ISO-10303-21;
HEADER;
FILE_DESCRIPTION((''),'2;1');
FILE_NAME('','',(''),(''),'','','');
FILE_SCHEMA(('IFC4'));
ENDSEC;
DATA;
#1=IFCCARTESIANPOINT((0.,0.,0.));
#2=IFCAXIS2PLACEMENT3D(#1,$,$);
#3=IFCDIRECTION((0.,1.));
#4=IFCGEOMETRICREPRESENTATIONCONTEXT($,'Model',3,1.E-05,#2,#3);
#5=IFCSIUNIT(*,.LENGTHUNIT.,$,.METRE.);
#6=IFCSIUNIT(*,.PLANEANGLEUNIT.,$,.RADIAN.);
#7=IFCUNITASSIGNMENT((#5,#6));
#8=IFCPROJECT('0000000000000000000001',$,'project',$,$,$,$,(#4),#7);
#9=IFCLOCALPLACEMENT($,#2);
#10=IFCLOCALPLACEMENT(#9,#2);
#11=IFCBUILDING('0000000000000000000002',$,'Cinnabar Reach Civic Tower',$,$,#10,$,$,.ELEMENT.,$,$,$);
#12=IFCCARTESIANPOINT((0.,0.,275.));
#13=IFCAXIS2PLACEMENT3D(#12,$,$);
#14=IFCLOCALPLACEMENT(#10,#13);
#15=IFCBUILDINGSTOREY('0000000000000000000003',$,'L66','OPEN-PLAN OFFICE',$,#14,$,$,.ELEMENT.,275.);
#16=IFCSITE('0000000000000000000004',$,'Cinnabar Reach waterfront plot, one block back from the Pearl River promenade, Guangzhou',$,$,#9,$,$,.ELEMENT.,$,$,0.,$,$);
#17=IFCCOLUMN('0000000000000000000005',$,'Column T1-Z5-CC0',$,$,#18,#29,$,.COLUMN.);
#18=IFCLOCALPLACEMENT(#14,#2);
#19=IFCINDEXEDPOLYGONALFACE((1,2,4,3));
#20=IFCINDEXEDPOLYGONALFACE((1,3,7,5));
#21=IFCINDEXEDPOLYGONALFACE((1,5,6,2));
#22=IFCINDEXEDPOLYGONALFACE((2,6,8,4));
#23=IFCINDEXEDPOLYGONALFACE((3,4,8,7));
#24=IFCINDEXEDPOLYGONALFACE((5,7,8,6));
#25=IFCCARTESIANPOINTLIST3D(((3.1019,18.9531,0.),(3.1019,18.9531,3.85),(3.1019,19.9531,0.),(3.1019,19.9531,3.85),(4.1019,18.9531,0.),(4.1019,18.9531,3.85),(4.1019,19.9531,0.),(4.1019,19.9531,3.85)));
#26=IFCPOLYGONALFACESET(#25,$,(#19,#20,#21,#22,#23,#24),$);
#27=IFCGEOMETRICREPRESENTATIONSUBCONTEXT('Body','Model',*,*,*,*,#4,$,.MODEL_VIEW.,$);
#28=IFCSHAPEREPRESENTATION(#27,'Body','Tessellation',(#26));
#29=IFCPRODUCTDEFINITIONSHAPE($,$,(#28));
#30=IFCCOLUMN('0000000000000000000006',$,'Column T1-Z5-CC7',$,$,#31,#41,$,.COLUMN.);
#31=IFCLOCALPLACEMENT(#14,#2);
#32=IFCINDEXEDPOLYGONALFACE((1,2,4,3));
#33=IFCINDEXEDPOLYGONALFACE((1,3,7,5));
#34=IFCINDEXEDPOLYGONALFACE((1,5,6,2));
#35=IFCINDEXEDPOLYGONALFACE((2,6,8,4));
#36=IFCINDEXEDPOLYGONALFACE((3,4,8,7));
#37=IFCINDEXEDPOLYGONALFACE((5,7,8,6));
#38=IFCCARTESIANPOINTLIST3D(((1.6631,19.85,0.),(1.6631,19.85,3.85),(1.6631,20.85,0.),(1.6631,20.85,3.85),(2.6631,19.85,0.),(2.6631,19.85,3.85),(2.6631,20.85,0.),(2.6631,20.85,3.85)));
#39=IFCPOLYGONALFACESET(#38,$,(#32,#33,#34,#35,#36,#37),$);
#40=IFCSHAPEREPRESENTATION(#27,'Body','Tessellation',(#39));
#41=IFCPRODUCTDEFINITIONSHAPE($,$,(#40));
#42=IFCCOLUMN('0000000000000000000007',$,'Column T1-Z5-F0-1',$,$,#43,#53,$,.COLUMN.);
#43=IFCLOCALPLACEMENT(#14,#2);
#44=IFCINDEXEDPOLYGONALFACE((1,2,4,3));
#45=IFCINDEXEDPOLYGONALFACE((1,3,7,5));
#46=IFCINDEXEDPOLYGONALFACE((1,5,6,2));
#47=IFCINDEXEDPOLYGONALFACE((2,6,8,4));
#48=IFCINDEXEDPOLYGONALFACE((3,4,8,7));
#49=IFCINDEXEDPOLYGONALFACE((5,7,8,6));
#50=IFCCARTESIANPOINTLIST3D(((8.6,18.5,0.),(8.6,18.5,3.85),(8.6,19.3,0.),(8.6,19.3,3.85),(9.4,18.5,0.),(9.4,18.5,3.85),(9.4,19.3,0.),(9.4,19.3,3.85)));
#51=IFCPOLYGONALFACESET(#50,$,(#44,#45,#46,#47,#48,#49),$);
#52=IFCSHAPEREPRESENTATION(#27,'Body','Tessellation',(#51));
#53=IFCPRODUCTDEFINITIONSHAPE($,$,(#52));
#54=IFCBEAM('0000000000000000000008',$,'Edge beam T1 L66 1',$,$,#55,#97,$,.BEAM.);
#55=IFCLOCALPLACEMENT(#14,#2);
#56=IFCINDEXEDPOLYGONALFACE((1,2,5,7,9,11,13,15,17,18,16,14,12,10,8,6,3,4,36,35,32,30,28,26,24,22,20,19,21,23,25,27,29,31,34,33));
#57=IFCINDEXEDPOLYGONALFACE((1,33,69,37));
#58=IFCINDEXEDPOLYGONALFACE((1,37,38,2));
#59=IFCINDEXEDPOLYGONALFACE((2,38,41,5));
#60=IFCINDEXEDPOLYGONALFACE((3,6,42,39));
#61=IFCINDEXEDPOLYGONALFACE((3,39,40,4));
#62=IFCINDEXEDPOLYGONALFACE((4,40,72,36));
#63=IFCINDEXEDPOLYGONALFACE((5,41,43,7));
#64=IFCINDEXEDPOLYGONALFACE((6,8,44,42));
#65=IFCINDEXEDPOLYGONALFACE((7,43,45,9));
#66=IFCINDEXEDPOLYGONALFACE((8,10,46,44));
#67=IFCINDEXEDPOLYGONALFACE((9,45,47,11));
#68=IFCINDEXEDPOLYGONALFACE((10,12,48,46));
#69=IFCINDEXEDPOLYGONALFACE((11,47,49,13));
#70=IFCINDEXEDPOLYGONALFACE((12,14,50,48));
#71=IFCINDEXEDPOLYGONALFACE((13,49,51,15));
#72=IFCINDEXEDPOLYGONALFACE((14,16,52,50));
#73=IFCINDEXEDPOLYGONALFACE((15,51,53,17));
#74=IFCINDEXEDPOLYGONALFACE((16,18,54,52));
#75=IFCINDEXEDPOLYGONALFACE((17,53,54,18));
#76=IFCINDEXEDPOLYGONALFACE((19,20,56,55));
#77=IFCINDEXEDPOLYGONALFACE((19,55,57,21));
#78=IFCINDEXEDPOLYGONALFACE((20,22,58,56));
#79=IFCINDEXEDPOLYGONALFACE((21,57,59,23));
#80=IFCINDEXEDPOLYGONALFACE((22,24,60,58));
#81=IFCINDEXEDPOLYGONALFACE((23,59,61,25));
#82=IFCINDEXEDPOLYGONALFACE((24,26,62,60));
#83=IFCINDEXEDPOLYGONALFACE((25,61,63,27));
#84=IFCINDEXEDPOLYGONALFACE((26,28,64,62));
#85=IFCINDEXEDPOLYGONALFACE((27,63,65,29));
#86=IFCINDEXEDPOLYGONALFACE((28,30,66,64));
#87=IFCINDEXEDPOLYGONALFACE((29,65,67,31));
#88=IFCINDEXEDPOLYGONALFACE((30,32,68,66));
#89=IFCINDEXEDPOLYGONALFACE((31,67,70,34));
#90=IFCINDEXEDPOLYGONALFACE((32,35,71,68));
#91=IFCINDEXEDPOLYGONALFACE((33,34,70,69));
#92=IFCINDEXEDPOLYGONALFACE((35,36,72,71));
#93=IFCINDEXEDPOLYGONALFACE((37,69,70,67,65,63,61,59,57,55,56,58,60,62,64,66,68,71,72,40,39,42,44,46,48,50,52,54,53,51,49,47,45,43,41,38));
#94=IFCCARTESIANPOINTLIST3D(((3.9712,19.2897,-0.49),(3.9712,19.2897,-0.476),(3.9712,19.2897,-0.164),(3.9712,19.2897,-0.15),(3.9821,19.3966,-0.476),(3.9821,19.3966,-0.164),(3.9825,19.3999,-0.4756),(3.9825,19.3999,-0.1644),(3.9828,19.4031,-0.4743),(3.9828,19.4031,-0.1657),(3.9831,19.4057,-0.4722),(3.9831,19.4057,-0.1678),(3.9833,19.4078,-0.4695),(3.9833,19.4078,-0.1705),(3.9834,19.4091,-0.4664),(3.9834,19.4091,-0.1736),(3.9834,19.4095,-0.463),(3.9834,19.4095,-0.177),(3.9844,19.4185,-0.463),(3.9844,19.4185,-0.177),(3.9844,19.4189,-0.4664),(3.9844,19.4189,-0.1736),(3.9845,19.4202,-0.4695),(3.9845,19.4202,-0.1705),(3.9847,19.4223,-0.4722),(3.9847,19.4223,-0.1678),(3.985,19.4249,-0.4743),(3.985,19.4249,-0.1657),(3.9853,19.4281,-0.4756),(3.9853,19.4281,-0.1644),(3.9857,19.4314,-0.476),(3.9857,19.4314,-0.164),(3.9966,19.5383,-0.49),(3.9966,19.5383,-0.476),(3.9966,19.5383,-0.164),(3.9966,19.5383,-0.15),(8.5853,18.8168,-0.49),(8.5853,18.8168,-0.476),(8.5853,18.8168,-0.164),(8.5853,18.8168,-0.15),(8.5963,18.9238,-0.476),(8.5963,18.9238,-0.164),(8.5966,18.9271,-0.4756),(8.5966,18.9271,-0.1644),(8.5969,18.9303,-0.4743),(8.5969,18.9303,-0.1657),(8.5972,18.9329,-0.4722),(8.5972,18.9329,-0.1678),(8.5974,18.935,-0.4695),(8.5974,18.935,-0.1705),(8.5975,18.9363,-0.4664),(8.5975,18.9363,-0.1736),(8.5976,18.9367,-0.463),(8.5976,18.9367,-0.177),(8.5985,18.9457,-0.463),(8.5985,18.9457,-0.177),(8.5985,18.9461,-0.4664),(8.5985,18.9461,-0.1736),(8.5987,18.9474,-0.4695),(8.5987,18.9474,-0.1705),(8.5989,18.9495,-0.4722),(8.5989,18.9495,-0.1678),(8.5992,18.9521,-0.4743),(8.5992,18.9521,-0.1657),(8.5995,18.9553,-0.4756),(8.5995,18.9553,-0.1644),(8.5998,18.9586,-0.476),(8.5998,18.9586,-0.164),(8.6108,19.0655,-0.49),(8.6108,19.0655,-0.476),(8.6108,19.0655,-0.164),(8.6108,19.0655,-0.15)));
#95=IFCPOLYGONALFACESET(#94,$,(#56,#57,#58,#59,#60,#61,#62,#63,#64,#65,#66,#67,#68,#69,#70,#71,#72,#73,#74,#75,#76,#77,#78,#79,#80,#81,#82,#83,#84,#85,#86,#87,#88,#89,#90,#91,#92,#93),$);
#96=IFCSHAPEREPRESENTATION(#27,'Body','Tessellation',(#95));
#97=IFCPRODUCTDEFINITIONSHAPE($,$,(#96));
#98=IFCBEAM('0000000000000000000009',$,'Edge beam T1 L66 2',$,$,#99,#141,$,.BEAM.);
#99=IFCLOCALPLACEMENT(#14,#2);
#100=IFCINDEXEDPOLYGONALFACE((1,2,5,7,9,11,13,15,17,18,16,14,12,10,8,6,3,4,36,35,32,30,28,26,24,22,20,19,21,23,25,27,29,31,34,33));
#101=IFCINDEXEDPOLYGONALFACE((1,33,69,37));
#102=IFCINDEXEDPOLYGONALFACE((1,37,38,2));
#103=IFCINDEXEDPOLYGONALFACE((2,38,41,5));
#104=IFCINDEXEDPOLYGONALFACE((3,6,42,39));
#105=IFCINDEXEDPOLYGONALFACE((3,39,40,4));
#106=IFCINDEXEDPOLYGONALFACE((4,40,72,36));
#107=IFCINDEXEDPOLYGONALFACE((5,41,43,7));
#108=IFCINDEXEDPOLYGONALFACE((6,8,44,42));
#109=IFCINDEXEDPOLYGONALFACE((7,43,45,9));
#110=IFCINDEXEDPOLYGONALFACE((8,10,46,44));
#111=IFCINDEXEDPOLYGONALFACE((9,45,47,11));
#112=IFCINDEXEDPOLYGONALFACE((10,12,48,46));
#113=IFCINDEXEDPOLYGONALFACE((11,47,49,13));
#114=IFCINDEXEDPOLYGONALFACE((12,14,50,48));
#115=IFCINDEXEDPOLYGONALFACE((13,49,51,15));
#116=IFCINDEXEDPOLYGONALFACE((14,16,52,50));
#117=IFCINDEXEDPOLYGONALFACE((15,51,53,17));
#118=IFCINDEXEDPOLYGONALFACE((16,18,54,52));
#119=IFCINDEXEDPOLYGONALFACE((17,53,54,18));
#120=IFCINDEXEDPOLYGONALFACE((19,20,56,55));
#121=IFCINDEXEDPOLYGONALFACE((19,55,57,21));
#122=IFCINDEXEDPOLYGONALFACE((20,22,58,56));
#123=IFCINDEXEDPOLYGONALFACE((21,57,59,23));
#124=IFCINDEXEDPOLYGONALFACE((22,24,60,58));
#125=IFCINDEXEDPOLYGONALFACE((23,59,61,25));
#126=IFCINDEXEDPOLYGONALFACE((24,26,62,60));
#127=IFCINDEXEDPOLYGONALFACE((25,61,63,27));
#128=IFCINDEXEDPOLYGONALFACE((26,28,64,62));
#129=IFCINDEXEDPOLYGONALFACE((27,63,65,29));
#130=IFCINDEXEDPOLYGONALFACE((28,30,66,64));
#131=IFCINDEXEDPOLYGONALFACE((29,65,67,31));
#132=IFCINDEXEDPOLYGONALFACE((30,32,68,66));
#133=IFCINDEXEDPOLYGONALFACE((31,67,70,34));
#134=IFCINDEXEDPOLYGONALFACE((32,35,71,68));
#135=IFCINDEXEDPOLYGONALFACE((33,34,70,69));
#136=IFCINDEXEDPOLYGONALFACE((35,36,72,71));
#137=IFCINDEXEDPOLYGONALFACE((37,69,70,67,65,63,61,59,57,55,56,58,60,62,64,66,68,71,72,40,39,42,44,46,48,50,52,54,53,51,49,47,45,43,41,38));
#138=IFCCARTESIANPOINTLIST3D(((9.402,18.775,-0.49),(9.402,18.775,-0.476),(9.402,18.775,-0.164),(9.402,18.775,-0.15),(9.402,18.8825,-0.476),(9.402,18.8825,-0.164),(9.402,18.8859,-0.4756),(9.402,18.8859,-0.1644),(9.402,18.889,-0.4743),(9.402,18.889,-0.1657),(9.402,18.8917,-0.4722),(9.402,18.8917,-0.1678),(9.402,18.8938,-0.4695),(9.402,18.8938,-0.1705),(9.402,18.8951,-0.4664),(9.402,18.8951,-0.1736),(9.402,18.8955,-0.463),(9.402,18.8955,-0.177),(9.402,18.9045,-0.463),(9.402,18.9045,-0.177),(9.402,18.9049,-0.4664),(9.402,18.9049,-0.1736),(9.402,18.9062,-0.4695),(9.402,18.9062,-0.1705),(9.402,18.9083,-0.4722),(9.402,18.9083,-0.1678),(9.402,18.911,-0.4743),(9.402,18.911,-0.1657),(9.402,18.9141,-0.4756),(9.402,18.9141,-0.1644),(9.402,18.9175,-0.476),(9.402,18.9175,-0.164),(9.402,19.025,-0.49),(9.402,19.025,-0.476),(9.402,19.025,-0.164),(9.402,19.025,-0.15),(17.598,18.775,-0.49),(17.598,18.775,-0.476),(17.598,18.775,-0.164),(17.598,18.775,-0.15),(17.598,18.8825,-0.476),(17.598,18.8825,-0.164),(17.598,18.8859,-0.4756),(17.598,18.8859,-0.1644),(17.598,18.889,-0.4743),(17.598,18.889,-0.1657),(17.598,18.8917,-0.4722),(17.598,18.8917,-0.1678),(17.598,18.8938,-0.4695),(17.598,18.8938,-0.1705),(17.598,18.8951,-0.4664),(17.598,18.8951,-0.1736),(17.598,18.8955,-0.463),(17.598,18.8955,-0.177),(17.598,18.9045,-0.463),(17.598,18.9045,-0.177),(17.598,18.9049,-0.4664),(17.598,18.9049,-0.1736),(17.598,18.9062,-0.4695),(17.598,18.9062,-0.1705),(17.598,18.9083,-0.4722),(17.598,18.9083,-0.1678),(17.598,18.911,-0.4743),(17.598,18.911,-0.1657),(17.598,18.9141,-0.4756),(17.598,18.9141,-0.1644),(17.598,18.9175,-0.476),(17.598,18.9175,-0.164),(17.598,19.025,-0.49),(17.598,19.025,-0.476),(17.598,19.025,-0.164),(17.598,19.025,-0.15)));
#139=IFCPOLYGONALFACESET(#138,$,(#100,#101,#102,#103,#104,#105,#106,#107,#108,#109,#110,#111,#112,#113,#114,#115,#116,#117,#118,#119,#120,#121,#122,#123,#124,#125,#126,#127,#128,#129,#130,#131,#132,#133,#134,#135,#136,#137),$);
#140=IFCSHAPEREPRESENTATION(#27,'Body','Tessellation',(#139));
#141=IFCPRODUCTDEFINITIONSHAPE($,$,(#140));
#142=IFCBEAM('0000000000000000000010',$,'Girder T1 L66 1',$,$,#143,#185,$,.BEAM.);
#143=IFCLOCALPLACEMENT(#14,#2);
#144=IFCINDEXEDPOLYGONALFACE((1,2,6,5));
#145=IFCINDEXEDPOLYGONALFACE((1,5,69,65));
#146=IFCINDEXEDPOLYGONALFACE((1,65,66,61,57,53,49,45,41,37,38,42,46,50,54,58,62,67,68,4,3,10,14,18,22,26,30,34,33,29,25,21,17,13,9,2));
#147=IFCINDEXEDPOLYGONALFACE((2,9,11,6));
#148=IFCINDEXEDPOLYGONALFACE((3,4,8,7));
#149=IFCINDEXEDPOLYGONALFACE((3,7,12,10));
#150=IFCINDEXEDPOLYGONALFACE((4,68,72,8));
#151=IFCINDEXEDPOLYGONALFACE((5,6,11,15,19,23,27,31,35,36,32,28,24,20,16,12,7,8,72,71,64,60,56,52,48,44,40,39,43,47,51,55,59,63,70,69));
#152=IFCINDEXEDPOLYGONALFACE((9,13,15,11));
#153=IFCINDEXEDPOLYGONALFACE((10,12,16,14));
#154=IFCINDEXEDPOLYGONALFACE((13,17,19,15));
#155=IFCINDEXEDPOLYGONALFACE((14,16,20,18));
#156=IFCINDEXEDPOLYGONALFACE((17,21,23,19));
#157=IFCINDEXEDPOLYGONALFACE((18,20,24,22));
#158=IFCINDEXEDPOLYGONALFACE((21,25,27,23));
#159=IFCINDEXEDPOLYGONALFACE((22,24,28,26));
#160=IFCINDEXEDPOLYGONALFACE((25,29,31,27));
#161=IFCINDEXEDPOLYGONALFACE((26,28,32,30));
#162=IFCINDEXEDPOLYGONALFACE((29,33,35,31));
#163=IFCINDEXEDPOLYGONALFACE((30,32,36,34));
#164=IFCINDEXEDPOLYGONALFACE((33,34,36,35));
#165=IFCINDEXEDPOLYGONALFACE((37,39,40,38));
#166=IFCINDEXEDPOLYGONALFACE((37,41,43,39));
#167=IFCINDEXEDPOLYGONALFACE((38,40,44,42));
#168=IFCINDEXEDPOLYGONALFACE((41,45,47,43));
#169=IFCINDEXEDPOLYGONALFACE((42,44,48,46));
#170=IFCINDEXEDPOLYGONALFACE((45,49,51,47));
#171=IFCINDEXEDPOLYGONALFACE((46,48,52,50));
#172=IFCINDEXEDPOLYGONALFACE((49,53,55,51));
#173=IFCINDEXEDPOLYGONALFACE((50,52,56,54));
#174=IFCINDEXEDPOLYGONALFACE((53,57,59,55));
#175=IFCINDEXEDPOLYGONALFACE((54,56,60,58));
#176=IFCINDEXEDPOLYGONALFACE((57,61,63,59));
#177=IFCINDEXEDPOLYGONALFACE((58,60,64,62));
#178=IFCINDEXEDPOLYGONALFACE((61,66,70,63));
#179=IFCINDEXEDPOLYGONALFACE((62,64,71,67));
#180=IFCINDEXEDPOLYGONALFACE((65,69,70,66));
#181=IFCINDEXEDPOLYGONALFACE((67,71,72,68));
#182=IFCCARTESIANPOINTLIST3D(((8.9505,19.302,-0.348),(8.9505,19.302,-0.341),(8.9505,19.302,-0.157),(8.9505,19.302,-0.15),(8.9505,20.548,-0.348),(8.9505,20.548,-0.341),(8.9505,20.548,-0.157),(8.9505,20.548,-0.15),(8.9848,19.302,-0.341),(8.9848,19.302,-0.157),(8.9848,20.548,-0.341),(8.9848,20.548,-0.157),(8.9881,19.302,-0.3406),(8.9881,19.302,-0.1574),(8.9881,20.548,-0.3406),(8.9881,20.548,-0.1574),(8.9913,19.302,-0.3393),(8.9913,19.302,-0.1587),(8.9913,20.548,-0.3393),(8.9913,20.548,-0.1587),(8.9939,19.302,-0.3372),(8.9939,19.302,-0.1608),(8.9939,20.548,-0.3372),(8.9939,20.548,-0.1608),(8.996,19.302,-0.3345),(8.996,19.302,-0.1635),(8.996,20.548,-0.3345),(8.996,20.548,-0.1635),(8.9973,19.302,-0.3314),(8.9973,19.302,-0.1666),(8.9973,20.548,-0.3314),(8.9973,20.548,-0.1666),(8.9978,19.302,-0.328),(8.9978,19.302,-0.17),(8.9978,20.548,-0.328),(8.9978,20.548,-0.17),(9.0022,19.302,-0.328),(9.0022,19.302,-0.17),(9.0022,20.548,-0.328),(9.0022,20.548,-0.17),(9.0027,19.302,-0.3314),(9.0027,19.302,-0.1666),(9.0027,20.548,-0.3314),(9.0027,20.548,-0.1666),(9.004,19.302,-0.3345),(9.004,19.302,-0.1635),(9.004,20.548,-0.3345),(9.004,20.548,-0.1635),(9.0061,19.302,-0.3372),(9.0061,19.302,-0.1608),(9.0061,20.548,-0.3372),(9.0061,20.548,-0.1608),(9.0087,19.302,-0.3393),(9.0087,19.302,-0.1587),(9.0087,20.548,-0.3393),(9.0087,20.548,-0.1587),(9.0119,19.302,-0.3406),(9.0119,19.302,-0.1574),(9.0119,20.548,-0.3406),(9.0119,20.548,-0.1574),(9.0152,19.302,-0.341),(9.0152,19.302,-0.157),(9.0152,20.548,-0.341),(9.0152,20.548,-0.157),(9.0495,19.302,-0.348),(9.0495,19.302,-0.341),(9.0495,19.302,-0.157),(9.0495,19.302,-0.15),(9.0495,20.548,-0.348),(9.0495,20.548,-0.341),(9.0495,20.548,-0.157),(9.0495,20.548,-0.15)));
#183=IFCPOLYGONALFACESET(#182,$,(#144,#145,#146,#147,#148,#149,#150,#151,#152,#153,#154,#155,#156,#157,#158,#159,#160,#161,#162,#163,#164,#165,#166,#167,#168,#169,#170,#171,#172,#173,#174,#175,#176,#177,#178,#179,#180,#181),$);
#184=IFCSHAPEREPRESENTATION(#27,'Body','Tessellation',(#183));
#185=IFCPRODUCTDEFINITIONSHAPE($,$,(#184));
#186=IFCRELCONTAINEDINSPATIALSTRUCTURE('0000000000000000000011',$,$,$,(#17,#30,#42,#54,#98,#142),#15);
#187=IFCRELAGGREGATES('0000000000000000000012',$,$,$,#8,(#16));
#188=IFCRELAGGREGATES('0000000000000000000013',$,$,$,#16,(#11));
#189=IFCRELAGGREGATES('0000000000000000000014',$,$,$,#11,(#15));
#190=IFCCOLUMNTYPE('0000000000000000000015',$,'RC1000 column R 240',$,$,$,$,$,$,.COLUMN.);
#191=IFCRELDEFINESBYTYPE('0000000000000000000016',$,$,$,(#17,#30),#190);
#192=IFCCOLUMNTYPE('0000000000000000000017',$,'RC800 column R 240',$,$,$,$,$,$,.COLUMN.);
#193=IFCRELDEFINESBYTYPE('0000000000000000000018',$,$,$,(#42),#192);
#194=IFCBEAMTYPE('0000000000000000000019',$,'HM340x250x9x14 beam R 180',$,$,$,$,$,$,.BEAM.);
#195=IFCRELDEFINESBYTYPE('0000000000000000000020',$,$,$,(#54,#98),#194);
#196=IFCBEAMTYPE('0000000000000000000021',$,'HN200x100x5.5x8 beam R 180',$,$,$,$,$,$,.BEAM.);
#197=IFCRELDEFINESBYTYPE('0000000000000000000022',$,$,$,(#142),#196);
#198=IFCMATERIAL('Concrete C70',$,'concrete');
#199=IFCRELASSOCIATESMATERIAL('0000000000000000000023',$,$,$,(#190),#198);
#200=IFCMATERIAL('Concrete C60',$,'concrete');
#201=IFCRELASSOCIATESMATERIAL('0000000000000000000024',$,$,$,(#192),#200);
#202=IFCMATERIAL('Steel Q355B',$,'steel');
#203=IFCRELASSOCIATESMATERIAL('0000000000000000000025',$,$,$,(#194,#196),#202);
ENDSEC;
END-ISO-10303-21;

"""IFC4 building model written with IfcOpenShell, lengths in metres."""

from ifc_helpers import new_model, si_unit, direction, frame, origin, origin_2d, place, context, subcontext, project, spatial, rectangle, i_section, extrude, material, material_profile, profile_set, type_object, element, save


model = new_model("IFC4")

# Units and contexts
model_context = context("Model", 3, precision=1e-05, world=origin(), true_north=direction((0.0, 1.0)))
body_context = subcontext(model_context, "Body", "Model", "MODEL_VIEW")
ifc_project = project(units=[si_unit("LENGTHUNIT", "METRE"), si_unit("PLANEANGLEUNIT", "RADIAN")], contexts=[model_context])

# Site, building, storey
site_placement = place(None, origin())
site = spatial("IfcSite", under=ifc_project, at=site_placement, Name="Cinnabar Reach waterfront plot, one block back from the Pearl River promenade, Guangzhou", CompositionType="ELEMENT", RefElevation=0.0)
building_placement = place(site_placement, origin())
building = spatial("IfcBuilding", under=site, at=building_placement, Name="Cinnabar Reach Civic Tower", CompositionType="ELEMENT")
storey_placement = place(building_placement, frame((0.0, 0.0, 275.0)))
storey = spatial("IfcBuildingStorey", under=building, at=storey_placement, Name="L66", Description="OPEN-PLAN OFFICE", CompositionType="ELEMENT", Elevation=275.0)

# Columns
ifc_material_1 = material(Name="Concrete C70", Category="concrete")
ifc_material_profile_1 = material_profile(ifc_material_1, rectangle(XDim=1.0, YDim=1.0, at=origin_2d()), Name="RC1000")
ifc_profile_set_1 = profile_set([ifc_material_profile_1], Name="Concrete C70")
column_type_1 = type_object("IfcColumnType", Name="RC1000 column R 240", PredefinedType="COLUMN", material=ifc_profile_set_1)
for number, where, z_axis, x_axis, name in (
    (1, (3.6019, 19.4531, 0.0), (0.0, 0.0, 1.0), (1.0, 0.0, 0.0), "Column T1-Z5-CC0"),
    (2, (2.1631, 20.35, 0.0), (0.0, 0.0, 1.0), (1.0, 0.0, 0.0), "Column T1-Z5-CC7"),
):
    element("IfcColumn", number, at=place(storey_placement, frame(where, z_axis=z_axis, x_axis=x_axis)), inside=storey, type_object=column_type_1, Name=name, PredefinedType="COLUMN", context=body_context, shape_type="SweptSolid", body=[
        extrude(rectangle(XDim=1.0, YDim=1.0, at=origin_2d()), origin(), (0.0, 0.0, 1.0), 3.85),
    ])
ifc_material_2 = material(Name="Concrete C60", Category="concrete")
ifc_material_profile_2 = material_profile(ifc_material_2, rectangle(XDim=0.8, YDim=0.8, at=origin_2d()), Name="RC800")
ifc_profile_set_2 = profile_set([ifc_material_profile_2], Name="Concrete C60")
column_type_2 = type_object("IfcColumnType", Name="RC800 column R 240", PredefinedType="COLUMN", material=ifc_profile_set_2)
column_placement = place(storey_placement, frame((9.0, 18.9, 0.0), z_axis=(0.0, 0.0, 1.0), x_axis=(1.0, 0.0, 0.0)))
element("IfcColumn", 3, at=column_placement, inside=storey, type_object=column_type_2, Name="Column T1-Z5-F0-1", PredefinedType="COLUMN", context=body_context, shape_type="SweptSolid", body=[
    extrude(rectangle(XDim=0.8, YDim=0.8, at=origin_2d()), origin(), (0.0, 0.0, 1.0), 3.85),
])

# Beams
ifc_material_3 = material(Name="Steel Q355B", Category="steel")
ifc_material_profile_3 = material_profile(ifc_material_3, i_section(OverallWidth=0.25, OverallDepth=0.34, WebThickness=0.009, FlangeThickness=0.014, FilletRadius=0.013, at=origin_2d()), Name="HM340x250x9x14")
ifc_profile_set_3 = profile_set([ifc_material_profile_3], Name="Steel Q355B")
beam_type_1 = type_object("IfcBeamType", Name="HM340x250x9x14 beam R 180", PredefinedType="BEAM", material=ifc_profile_set_3)
beam_1_placement = place(storey_placement, frame((3.9839, 19.414, -0.32), z_axis=(0.994791, -0.101935, 0.0), x_axis=(0.101935, 0.994791, 0.0)))
element("IfcBeam", 4, at=beam_1_placement, inside=storey, type_object=beam_type_1, Name="Edge beam T1 L66 1", PredefinedType="BEAM", context=body_context, shape_type="SweptSolid", body=[
    extrude(i_section(OverallWidth=0.25, OverallDepth=0.34, WebThickness=0.009, FlangeThickness=0.014, FilletRadius=0.013, at=origin_2d()), origin(), (0.0, 0.0, 1.0), 4.6383),
])
beam_2_placement = place(storey_placement, frame((9.402, 18.9, -0.32), z_axis=(1.0, 0.0, 0.0), x_axis=(0.0, 1.0, 0.0)))
element("IfcBeam", 5, at=beam_2_placement, inside=storey, type_object=beam_type_1, Name="Edge beam T1 L66 2", PredefinedType="BEAM", context=body_context, shape_type="SweptSolid", body=[
    extrude(i_section(OverallWidth=0.25, OverallDepth=0.34, WebThickness=0.009, FlangeThickness=0.014, FilletRadius=0.013, at=origin_2d()), origin(), (0.0, 0.0, 1.0), 8.196),
])
ifc_material_profile_4 = material_profile(ifc_material_3, i_section(OverallWidth=0.099, OverallDepth=0.198, WebThickness=0.0045, FlangeThickness=0.007, FilletRadius=0.013, at=origin_2d()), Name="HN200x100x5.5x8")
ifc_profile_set_4 = profile_set([ifc_material_profile_4], Name="Steel Q355B")
beam_type_2 = type_object("IfcBeamType", Name="HN200x100x5.5x8 beam R 180", PredefinedType="BEAM", material=ifc_profile_set_4)
beam_3_placement = place(storey_placement, frame((9.0, 19.302, -0.249), z_axis=(0.0, 1.0, 0.0), x_axis=(-1.0, 0.0, 0.0)))
element("IfcBeam", 6, at=beam_3_placement, inside=storey, type_object=beam_type_2, Name="Girder T1 L66 1", PredefinedType="BEAM", context=body_context, shape_type="SweptSolid", body=[
    extrude(i_section(OverallWidth=0.099, OverallDepth=0.198, WebThickness=0.0045, FlangeThickness=0.007, FilletRadius=0.013, at=origin_2d()), origin(), (0.0, 0.0, 1.0), 1.246),
])

save(model, "model.ifc")
